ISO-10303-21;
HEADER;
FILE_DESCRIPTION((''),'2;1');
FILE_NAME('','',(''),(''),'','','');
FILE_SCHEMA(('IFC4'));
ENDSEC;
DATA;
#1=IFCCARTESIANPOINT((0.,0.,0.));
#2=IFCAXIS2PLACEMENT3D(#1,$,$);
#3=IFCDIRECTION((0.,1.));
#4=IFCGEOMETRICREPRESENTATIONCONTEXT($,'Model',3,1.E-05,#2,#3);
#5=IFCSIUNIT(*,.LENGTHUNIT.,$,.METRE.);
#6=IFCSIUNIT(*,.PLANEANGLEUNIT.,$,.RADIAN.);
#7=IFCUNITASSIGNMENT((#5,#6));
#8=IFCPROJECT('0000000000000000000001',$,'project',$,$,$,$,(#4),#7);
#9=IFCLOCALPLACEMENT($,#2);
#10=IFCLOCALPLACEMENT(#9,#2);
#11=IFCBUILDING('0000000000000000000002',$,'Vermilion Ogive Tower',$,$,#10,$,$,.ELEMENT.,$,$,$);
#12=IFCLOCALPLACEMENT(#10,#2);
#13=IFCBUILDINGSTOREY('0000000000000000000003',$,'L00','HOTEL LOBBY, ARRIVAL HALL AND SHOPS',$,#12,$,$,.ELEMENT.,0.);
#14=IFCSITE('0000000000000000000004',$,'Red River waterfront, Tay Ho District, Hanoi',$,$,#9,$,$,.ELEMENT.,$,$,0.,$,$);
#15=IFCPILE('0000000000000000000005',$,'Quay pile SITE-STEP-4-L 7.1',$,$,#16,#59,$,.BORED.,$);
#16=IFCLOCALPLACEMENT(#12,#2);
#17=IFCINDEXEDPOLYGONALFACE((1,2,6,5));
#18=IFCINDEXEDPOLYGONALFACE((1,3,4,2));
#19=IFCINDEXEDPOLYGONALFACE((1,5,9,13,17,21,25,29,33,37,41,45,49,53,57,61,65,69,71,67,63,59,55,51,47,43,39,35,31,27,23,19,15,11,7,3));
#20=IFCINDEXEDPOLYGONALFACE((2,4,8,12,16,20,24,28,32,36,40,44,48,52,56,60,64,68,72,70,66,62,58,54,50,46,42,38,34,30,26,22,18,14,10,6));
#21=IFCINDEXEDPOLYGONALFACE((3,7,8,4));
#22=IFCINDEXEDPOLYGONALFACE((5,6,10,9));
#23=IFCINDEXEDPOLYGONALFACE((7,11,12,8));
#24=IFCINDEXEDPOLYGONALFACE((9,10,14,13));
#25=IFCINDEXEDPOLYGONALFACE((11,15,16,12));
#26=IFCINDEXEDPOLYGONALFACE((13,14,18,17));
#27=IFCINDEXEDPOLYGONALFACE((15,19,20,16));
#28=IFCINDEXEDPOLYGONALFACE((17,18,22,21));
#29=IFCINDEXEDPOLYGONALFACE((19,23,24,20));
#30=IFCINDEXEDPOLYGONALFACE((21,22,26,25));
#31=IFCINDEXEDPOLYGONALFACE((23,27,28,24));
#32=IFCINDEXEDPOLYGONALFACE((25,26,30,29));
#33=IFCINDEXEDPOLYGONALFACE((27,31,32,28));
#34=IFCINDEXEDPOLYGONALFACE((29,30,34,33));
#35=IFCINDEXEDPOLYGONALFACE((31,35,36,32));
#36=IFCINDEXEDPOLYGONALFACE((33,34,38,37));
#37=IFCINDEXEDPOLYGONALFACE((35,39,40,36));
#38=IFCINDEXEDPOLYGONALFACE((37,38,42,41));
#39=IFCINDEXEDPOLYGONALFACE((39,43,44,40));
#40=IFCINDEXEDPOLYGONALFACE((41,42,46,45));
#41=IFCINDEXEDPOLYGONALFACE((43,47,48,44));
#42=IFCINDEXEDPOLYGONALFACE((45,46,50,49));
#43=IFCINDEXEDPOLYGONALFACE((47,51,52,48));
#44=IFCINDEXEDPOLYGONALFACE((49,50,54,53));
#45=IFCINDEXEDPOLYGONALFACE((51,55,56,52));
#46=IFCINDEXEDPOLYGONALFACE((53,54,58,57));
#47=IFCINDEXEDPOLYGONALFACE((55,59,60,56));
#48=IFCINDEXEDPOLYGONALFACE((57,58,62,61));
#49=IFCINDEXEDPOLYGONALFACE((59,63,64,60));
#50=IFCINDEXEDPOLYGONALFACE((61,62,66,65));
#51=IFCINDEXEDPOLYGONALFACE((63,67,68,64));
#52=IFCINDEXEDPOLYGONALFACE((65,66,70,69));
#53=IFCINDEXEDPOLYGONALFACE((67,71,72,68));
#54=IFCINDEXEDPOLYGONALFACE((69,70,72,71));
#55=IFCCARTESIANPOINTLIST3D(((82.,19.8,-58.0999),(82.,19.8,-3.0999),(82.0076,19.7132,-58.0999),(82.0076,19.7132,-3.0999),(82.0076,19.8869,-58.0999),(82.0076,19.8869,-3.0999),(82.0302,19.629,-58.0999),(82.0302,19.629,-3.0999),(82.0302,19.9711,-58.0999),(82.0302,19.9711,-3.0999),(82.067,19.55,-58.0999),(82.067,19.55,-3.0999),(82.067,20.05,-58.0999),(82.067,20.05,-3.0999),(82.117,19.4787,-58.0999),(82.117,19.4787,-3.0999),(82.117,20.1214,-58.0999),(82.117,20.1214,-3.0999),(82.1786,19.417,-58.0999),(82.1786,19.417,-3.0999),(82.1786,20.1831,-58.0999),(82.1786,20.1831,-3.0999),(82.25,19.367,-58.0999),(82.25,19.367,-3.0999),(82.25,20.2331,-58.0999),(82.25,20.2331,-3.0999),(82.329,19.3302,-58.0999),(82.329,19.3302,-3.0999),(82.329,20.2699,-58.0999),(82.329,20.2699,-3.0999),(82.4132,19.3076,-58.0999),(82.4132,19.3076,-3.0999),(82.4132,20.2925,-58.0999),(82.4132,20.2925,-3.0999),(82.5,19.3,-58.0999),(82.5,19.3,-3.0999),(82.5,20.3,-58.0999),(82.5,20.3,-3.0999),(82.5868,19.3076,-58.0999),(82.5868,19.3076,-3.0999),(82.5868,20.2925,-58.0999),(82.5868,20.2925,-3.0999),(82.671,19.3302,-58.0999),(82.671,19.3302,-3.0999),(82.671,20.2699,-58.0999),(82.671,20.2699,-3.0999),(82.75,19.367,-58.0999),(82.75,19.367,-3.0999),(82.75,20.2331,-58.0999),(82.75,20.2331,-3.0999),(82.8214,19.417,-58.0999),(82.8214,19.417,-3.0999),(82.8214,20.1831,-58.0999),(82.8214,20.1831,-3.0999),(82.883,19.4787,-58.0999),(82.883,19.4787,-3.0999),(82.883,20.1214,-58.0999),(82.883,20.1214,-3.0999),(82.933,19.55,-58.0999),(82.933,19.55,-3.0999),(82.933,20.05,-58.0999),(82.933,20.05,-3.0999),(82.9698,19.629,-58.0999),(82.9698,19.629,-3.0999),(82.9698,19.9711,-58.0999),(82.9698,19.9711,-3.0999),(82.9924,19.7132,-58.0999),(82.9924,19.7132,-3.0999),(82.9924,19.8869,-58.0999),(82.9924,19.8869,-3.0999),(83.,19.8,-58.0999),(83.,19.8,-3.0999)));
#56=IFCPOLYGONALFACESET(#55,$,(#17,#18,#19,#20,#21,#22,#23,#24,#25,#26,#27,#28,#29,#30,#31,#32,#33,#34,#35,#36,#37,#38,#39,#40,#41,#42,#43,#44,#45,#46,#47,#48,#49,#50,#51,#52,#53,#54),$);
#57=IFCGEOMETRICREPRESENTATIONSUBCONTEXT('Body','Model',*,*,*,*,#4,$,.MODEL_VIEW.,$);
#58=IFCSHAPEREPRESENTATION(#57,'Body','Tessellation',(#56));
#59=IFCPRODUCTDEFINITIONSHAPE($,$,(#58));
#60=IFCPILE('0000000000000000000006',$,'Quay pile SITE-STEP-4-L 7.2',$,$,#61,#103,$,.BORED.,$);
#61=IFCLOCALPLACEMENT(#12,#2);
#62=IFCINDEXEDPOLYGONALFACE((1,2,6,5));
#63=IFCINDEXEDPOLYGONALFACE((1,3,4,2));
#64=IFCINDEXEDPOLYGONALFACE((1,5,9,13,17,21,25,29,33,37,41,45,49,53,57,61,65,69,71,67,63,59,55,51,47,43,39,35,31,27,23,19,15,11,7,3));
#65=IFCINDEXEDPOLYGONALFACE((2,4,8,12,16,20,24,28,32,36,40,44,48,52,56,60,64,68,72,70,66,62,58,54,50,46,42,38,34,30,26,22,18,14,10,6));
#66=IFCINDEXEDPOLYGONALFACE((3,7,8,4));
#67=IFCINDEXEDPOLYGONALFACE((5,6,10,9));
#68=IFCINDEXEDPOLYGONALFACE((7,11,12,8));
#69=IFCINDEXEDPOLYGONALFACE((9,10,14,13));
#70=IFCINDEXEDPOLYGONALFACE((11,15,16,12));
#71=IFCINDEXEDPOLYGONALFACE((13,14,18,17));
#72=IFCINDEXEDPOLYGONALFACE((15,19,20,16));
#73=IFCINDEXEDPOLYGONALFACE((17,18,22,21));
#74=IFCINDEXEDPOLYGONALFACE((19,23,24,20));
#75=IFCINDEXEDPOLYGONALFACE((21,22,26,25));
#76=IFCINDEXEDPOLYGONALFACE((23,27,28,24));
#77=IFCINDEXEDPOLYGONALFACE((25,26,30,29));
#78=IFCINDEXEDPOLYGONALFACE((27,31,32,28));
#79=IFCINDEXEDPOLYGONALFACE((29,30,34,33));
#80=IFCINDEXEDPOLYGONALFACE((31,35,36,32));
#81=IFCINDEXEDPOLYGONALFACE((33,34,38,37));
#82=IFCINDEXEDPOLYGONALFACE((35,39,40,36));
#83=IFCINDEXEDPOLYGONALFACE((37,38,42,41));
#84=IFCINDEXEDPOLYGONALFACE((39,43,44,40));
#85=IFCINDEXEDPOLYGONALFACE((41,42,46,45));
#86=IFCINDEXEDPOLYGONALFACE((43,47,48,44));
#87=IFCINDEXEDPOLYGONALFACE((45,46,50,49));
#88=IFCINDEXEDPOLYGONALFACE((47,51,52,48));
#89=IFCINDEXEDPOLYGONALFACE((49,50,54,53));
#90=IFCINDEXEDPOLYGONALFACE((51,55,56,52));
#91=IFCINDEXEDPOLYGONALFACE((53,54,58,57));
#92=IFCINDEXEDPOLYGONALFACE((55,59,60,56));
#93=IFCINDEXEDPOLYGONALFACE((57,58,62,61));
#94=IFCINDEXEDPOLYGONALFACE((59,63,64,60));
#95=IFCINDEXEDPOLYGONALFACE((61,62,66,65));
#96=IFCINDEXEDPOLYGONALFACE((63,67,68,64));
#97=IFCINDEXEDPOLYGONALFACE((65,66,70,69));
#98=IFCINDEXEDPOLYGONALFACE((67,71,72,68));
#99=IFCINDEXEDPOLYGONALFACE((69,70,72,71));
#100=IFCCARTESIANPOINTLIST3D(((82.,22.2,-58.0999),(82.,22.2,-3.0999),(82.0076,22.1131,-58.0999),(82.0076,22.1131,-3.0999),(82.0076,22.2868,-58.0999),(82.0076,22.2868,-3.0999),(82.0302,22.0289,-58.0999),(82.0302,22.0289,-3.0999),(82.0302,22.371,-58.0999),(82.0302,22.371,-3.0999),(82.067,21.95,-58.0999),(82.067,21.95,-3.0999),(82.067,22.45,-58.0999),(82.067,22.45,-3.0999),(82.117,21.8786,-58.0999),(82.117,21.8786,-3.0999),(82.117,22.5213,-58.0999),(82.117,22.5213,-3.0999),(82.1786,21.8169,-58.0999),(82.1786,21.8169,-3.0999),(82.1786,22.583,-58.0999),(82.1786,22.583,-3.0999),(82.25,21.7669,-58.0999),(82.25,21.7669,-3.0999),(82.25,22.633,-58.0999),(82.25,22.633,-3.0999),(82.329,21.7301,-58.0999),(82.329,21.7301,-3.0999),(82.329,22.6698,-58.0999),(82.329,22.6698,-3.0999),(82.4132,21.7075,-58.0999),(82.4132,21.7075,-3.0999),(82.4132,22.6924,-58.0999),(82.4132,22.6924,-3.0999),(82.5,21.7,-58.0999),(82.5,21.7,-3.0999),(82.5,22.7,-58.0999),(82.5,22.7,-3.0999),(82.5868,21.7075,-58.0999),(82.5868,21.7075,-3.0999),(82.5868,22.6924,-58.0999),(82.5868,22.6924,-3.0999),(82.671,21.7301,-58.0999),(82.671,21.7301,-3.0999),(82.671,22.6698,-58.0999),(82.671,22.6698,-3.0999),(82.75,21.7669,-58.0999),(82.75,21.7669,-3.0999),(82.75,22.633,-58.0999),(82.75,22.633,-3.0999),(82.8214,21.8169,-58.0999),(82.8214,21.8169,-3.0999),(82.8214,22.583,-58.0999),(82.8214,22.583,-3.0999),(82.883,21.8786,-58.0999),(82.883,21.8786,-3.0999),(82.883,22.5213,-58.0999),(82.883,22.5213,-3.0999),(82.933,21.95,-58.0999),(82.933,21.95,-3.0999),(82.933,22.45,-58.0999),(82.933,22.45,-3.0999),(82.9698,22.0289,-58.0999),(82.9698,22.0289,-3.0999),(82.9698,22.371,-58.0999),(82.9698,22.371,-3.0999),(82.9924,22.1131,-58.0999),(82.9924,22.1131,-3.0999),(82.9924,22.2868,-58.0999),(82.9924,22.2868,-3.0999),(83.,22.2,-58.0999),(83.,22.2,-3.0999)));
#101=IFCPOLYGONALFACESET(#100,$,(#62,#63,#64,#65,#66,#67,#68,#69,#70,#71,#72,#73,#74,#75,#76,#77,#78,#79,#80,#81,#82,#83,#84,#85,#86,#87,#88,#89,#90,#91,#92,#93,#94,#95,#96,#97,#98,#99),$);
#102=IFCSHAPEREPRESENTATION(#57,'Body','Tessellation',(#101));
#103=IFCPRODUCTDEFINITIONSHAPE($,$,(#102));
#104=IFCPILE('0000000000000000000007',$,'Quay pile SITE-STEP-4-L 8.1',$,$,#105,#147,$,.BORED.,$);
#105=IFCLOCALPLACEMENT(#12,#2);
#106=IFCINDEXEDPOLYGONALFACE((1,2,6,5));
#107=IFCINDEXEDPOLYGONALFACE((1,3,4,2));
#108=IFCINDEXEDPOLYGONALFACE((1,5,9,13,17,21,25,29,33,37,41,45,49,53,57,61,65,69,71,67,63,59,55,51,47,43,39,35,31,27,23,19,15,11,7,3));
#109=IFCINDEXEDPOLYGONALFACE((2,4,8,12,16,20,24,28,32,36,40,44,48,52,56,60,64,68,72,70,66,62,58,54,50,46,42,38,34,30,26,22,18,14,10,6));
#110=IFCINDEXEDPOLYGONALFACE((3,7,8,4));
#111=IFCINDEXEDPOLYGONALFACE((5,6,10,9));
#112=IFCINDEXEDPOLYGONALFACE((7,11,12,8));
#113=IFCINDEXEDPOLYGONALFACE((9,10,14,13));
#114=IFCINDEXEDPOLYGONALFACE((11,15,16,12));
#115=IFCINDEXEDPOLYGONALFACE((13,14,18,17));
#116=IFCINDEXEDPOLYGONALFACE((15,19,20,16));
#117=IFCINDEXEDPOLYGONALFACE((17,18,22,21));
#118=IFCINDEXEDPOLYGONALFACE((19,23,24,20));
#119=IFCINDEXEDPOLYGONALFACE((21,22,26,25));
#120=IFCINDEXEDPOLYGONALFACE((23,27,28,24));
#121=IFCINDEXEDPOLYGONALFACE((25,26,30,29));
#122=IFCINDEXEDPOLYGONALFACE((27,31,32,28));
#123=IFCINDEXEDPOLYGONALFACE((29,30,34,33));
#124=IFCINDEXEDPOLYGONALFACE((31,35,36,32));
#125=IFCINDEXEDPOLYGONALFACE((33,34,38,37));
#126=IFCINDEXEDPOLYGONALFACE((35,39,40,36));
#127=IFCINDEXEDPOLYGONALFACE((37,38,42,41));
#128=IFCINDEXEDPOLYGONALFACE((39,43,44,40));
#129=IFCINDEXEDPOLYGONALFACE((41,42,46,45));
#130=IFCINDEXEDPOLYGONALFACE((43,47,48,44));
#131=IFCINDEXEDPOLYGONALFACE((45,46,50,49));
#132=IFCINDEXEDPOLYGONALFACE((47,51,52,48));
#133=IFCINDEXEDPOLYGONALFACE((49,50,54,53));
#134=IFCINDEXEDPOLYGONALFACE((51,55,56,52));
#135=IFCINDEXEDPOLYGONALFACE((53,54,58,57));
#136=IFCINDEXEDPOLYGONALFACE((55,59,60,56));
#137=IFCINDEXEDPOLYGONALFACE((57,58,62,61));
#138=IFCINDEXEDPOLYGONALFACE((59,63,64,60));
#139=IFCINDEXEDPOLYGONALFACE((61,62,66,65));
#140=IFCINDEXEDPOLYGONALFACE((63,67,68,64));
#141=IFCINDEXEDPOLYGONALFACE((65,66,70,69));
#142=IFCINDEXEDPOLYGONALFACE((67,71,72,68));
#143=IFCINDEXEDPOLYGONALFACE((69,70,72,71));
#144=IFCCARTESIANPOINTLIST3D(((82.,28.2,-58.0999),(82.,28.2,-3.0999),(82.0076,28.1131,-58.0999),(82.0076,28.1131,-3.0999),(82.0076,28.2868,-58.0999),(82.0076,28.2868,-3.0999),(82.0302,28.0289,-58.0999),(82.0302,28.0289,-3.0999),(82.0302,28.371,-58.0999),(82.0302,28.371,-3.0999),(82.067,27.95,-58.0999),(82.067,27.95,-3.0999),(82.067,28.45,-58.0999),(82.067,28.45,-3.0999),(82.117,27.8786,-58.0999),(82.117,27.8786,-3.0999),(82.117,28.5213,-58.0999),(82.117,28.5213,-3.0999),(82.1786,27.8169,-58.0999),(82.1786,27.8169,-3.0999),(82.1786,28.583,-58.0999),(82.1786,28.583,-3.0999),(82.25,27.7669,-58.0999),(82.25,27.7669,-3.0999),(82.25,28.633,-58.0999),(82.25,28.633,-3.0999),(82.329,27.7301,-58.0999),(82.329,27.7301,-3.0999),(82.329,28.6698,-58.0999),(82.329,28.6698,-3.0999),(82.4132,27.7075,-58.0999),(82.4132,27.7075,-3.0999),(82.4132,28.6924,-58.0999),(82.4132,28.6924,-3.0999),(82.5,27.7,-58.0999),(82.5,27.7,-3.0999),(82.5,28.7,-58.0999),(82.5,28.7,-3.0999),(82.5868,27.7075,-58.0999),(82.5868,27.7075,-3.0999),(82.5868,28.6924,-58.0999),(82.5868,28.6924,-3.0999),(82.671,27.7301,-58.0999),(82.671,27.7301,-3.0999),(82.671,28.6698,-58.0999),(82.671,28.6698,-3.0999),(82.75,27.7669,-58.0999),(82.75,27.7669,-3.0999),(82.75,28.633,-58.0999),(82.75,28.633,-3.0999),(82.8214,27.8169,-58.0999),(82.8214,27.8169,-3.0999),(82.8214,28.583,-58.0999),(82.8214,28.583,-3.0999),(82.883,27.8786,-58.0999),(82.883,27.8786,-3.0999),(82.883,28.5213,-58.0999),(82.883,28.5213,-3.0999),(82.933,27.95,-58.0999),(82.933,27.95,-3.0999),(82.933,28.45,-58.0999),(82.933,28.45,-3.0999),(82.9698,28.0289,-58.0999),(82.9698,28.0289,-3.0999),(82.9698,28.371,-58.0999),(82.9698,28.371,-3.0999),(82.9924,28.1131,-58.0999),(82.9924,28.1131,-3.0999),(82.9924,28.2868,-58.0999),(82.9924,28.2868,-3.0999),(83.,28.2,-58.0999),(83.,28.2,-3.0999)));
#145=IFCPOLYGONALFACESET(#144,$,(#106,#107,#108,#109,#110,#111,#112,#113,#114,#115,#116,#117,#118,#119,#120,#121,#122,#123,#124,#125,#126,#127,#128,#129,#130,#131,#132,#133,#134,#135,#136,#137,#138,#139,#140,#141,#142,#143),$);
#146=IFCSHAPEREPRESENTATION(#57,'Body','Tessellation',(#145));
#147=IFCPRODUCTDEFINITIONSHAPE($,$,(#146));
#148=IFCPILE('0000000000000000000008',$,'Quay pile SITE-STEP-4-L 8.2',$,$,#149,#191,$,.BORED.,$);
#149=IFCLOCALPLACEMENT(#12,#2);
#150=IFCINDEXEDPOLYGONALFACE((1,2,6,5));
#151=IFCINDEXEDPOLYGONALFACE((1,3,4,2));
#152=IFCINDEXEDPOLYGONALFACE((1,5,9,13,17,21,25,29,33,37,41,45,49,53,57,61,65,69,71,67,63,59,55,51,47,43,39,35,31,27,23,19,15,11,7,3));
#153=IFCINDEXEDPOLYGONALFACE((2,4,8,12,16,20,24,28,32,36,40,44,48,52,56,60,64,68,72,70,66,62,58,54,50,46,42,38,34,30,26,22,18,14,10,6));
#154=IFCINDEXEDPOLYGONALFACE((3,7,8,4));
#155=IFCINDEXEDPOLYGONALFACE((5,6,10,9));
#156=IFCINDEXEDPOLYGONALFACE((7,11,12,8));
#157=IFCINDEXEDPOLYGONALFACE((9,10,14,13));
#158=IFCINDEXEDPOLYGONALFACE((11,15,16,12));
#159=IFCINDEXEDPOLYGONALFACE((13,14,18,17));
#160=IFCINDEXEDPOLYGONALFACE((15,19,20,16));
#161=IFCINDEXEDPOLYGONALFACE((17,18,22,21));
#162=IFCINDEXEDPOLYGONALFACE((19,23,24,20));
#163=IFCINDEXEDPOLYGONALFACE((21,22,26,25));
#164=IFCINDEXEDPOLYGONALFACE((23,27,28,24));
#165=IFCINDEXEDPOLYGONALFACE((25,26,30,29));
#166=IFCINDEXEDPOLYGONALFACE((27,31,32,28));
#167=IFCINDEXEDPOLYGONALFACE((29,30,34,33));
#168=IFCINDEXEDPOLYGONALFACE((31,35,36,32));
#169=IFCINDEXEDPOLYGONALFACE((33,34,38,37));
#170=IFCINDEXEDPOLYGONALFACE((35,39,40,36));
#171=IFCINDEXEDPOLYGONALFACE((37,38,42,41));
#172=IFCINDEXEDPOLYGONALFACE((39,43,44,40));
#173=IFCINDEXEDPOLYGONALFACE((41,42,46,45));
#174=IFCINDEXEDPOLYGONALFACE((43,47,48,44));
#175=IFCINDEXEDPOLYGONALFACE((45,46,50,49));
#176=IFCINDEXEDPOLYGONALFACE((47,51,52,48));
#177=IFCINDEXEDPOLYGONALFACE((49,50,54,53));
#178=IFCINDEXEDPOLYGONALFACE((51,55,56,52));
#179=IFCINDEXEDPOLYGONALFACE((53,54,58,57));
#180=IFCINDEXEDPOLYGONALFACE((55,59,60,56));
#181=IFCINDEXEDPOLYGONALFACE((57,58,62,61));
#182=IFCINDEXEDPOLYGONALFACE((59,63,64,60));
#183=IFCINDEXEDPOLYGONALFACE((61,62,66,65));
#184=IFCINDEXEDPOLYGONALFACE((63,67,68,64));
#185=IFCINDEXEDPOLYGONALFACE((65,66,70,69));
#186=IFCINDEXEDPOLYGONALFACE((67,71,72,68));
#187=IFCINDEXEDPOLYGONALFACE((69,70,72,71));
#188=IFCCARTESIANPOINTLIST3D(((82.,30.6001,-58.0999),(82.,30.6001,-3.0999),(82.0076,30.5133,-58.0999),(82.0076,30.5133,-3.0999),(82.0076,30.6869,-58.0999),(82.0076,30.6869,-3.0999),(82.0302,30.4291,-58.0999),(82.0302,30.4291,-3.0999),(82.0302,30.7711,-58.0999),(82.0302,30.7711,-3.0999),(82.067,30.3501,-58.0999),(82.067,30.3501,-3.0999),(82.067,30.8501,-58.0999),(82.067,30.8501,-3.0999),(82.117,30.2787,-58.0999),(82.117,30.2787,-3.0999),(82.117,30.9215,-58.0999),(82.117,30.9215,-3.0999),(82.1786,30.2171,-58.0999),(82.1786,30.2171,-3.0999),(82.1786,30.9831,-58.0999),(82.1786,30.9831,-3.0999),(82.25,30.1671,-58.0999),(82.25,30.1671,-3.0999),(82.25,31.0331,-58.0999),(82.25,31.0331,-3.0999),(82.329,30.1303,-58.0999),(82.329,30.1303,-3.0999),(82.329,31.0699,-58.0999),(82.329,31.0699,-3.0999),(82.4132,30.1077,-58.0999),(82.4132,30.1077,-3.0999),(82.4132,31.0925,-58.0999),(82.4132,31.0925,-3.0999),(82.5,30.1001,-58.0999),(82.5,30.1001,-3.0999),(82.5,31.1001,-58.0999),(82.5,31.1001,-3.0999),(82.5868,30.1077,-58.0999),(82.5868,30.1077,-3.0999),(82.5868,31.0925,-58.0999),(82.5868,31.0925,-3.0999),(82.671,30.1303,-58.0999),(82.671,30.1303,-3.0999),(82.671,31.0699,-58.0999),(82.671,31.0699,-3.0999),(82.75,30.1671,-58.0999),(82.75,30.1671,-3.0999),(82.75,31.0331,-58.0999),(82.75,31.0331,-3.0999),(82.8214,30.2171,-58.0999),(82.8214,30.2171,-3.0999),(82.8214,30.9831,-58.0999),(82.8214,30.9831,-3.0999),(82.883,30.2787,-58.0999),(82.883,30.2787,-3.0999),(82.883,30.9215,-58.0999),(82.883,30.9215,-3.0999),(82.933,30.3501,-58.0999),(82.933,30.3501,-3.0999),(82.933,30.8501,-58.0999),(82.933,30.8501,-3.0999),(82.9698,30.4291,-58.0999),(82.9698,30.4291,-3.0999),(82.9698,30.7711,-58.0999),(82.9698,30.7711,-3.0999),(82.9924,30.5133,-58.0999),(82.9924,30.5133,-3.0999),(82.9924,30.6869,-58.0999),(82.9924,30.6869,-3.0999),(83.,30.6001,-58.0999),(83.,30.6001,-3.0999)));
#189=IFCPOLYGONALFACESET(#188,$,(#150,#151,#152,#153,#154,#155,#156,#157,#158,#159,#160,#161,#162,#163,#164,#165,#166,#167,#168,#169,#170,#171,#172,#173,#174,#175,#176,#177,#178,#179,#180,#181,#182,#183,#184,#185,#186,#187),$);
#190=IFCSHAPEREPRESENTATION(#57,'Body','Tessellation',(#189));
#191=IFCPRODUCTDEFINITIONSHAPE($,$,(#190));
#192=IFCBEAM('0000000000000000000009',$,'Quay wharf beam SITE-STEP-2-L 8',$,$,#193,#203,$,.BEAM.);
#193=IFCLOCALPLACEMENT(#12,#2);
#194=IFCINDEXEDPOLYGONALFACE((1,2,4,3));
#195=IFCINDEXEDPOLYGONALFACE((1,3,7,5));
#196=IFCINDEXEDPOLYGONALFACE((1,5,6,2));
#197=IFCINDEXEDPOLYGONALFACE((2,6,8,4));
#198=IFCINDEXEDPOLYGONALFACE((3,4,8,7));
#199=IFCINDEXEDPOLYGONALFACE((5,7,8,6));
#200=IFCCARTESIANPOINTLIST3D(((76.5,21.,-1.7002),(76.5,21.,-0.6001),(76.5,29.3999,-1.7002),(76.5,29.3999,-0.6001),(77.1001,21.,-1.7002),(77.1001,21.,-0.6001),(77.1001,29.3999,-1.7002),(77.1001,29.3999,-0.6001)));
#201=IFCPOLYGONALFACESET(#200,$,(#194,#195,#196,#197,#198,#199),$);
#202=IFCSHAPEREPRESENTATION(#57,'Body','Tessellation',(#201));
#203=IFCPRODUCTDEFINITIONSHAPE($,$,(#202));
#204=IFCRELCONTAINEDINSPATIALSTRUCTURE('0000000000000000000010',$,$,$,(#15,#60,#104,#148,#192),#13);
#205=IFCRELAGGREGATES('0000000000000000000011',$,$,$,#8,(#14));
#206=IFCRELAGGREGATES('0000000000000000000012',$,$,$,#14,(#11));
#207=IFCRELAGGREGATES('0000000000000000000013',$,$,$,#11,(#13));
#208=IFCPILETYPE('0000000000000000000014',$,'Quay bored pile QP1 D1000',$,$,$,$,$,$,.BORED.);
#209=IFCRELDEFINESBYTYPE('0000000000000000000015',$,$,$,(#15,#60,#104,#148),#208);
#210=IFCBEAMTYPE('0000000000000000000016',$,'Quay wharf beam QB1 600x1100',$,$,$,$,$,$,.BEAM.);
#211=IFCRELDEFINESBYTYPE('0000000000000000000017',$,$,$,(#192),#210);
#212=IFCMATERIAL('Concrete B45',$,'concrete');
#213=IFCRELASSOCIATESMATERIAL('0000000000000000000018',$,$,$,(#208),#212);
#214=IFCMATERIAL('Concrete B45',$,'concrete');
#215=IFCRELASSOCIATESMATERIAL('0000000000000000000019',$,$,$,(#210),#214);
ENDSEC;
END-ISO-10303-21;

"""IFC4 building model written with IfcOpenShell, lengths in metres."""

from ifc_helpers import new_model, si_unit, direction, frame, origin, origin_2d, place, context, subcontext, project, spatial, rectangle, circle, extrude, material, material_profile, profile_set, type_object, element, save


model = new_model("IFC4")

# Units and contexts
model_context = context("Model", 3, precision=1e-05, world=origin(), true_north=direction((0.0, 1.0)))
body_context = subcontext(model_context, "Body", "Model", "MODEL_VIEW")
ifc_project = project(units=[si_unit("LENGTHUNIT", "METRE"), si_unit("PLANEANGLEUNIT", "RADIAN")], contexts=[model_context])

# Site, building, storey
site_placement = place(None, origin())
site = spatial("IfcSite", under=ifc_project, at=site_placement, Name="Red River waterfront, Tay Ho District, Hanoi", CompositionType="ELEMENT", RefElevation=0.0)
building_placement = place(site_placement, origin())
building = spatial("IfcBuilding", under=site, at=building_placement, Name="Vermilion Ogive Tower", CompositionType="ELEMENT")
storey_placement = place(building_placement, origin())
storey = spatial("IfcBuildingStorey", under=building, at=storey_placement, Name="L00", Description="HOTEL LOBBY, ARRIVAL HALL AND SHOPS", CompositionType="ELEMENT", Elevation=0.0)

# Piles
ifc_material_1 = material(Name="Concrete B45", Category="concrete")
pile_type = type_object("IfcPileType", Name="Quay bored pile QP1 D1000", PredefinedType="BORED", material=ifc_material_1)
for number, where, z_axis, x_axis, name in (
    (1, (82.5, 19.8, -3.0999), (0.0, 0.0, -1.0), (1.0, 0.0, 0.0), "Quay pile SITE-STEP-4-L 7.1"),
    (2, (82.5, 22.2, -3.0999), (0.0, 0.0, -1.0), (1.0, 0.0, 0.0), "Quay pile SITE-STEP-4-L 7.2"),
    (3, (82.5, 28.2, -3.0999), (0.0, 0.0, -1.0), (1.0, 0.0, 0.0), "Quay pile SITE-STEP-4-L 8.1"),
    (4, (82.5, 30.6001, -3.0999), (0.0, 0.0, -1.0), (1.0, 0.0, 0.0), "Quay pile SITE-STEP-4-L 8.2"),
):
    element("IfcPile", number, at=place(storey_placement, frame(where, z_axis=z_axis, x_axis=x_axis)), inside=storey, type_object=pile_type, Name=name, PredefinedType="BORED", context=body_context, shape_type="SweptSolid", body=[
        extrude(circle(Radius=0.5, at=origin_2d()), origin(), (0.0, 0.0, 1.0), 55.0),
    ])

# Beam
ifc_material_2 = material(Name="Concrete B45", Category="concrete")
ifc_material_profile = material_profile(ifc_material_2, rectangle(XDim=0.6001, YDim=1.1001, at=origin_2d()), Name="RC 600x1100")
ifc_profile_set = profile_set([ifc_material_profile], Name="Concrete B45")
beam_type = type_object("IfcBeamType", Name="Quay wharf beam QB1 600x1100", PredefinedType="BEAM", material=ifc_profile_set)
beam_1_placement = place(storey_placement, frame((76.8, 21.0, -1.1501), z_axis=(0.0, 1.0, 0.0), x_axis=(-1.0, 0.0, 0.0)))
element("IfcBeam", 5, at=beam_1_placement, inside=storey, type_object=beam_type, Name="Quay wharf beam SITE-STEP-2-L 8", PredefinedType="BEAM", context=body_context, shape_type="SweptSolid", body=[
    extrude(rectangle(XDim=0.6001, YDim=1.1001, at=origin_2d()), origin(), (0.0, 0.0, 1.0), 8.3999),
])

save(model, "model.ifc")
